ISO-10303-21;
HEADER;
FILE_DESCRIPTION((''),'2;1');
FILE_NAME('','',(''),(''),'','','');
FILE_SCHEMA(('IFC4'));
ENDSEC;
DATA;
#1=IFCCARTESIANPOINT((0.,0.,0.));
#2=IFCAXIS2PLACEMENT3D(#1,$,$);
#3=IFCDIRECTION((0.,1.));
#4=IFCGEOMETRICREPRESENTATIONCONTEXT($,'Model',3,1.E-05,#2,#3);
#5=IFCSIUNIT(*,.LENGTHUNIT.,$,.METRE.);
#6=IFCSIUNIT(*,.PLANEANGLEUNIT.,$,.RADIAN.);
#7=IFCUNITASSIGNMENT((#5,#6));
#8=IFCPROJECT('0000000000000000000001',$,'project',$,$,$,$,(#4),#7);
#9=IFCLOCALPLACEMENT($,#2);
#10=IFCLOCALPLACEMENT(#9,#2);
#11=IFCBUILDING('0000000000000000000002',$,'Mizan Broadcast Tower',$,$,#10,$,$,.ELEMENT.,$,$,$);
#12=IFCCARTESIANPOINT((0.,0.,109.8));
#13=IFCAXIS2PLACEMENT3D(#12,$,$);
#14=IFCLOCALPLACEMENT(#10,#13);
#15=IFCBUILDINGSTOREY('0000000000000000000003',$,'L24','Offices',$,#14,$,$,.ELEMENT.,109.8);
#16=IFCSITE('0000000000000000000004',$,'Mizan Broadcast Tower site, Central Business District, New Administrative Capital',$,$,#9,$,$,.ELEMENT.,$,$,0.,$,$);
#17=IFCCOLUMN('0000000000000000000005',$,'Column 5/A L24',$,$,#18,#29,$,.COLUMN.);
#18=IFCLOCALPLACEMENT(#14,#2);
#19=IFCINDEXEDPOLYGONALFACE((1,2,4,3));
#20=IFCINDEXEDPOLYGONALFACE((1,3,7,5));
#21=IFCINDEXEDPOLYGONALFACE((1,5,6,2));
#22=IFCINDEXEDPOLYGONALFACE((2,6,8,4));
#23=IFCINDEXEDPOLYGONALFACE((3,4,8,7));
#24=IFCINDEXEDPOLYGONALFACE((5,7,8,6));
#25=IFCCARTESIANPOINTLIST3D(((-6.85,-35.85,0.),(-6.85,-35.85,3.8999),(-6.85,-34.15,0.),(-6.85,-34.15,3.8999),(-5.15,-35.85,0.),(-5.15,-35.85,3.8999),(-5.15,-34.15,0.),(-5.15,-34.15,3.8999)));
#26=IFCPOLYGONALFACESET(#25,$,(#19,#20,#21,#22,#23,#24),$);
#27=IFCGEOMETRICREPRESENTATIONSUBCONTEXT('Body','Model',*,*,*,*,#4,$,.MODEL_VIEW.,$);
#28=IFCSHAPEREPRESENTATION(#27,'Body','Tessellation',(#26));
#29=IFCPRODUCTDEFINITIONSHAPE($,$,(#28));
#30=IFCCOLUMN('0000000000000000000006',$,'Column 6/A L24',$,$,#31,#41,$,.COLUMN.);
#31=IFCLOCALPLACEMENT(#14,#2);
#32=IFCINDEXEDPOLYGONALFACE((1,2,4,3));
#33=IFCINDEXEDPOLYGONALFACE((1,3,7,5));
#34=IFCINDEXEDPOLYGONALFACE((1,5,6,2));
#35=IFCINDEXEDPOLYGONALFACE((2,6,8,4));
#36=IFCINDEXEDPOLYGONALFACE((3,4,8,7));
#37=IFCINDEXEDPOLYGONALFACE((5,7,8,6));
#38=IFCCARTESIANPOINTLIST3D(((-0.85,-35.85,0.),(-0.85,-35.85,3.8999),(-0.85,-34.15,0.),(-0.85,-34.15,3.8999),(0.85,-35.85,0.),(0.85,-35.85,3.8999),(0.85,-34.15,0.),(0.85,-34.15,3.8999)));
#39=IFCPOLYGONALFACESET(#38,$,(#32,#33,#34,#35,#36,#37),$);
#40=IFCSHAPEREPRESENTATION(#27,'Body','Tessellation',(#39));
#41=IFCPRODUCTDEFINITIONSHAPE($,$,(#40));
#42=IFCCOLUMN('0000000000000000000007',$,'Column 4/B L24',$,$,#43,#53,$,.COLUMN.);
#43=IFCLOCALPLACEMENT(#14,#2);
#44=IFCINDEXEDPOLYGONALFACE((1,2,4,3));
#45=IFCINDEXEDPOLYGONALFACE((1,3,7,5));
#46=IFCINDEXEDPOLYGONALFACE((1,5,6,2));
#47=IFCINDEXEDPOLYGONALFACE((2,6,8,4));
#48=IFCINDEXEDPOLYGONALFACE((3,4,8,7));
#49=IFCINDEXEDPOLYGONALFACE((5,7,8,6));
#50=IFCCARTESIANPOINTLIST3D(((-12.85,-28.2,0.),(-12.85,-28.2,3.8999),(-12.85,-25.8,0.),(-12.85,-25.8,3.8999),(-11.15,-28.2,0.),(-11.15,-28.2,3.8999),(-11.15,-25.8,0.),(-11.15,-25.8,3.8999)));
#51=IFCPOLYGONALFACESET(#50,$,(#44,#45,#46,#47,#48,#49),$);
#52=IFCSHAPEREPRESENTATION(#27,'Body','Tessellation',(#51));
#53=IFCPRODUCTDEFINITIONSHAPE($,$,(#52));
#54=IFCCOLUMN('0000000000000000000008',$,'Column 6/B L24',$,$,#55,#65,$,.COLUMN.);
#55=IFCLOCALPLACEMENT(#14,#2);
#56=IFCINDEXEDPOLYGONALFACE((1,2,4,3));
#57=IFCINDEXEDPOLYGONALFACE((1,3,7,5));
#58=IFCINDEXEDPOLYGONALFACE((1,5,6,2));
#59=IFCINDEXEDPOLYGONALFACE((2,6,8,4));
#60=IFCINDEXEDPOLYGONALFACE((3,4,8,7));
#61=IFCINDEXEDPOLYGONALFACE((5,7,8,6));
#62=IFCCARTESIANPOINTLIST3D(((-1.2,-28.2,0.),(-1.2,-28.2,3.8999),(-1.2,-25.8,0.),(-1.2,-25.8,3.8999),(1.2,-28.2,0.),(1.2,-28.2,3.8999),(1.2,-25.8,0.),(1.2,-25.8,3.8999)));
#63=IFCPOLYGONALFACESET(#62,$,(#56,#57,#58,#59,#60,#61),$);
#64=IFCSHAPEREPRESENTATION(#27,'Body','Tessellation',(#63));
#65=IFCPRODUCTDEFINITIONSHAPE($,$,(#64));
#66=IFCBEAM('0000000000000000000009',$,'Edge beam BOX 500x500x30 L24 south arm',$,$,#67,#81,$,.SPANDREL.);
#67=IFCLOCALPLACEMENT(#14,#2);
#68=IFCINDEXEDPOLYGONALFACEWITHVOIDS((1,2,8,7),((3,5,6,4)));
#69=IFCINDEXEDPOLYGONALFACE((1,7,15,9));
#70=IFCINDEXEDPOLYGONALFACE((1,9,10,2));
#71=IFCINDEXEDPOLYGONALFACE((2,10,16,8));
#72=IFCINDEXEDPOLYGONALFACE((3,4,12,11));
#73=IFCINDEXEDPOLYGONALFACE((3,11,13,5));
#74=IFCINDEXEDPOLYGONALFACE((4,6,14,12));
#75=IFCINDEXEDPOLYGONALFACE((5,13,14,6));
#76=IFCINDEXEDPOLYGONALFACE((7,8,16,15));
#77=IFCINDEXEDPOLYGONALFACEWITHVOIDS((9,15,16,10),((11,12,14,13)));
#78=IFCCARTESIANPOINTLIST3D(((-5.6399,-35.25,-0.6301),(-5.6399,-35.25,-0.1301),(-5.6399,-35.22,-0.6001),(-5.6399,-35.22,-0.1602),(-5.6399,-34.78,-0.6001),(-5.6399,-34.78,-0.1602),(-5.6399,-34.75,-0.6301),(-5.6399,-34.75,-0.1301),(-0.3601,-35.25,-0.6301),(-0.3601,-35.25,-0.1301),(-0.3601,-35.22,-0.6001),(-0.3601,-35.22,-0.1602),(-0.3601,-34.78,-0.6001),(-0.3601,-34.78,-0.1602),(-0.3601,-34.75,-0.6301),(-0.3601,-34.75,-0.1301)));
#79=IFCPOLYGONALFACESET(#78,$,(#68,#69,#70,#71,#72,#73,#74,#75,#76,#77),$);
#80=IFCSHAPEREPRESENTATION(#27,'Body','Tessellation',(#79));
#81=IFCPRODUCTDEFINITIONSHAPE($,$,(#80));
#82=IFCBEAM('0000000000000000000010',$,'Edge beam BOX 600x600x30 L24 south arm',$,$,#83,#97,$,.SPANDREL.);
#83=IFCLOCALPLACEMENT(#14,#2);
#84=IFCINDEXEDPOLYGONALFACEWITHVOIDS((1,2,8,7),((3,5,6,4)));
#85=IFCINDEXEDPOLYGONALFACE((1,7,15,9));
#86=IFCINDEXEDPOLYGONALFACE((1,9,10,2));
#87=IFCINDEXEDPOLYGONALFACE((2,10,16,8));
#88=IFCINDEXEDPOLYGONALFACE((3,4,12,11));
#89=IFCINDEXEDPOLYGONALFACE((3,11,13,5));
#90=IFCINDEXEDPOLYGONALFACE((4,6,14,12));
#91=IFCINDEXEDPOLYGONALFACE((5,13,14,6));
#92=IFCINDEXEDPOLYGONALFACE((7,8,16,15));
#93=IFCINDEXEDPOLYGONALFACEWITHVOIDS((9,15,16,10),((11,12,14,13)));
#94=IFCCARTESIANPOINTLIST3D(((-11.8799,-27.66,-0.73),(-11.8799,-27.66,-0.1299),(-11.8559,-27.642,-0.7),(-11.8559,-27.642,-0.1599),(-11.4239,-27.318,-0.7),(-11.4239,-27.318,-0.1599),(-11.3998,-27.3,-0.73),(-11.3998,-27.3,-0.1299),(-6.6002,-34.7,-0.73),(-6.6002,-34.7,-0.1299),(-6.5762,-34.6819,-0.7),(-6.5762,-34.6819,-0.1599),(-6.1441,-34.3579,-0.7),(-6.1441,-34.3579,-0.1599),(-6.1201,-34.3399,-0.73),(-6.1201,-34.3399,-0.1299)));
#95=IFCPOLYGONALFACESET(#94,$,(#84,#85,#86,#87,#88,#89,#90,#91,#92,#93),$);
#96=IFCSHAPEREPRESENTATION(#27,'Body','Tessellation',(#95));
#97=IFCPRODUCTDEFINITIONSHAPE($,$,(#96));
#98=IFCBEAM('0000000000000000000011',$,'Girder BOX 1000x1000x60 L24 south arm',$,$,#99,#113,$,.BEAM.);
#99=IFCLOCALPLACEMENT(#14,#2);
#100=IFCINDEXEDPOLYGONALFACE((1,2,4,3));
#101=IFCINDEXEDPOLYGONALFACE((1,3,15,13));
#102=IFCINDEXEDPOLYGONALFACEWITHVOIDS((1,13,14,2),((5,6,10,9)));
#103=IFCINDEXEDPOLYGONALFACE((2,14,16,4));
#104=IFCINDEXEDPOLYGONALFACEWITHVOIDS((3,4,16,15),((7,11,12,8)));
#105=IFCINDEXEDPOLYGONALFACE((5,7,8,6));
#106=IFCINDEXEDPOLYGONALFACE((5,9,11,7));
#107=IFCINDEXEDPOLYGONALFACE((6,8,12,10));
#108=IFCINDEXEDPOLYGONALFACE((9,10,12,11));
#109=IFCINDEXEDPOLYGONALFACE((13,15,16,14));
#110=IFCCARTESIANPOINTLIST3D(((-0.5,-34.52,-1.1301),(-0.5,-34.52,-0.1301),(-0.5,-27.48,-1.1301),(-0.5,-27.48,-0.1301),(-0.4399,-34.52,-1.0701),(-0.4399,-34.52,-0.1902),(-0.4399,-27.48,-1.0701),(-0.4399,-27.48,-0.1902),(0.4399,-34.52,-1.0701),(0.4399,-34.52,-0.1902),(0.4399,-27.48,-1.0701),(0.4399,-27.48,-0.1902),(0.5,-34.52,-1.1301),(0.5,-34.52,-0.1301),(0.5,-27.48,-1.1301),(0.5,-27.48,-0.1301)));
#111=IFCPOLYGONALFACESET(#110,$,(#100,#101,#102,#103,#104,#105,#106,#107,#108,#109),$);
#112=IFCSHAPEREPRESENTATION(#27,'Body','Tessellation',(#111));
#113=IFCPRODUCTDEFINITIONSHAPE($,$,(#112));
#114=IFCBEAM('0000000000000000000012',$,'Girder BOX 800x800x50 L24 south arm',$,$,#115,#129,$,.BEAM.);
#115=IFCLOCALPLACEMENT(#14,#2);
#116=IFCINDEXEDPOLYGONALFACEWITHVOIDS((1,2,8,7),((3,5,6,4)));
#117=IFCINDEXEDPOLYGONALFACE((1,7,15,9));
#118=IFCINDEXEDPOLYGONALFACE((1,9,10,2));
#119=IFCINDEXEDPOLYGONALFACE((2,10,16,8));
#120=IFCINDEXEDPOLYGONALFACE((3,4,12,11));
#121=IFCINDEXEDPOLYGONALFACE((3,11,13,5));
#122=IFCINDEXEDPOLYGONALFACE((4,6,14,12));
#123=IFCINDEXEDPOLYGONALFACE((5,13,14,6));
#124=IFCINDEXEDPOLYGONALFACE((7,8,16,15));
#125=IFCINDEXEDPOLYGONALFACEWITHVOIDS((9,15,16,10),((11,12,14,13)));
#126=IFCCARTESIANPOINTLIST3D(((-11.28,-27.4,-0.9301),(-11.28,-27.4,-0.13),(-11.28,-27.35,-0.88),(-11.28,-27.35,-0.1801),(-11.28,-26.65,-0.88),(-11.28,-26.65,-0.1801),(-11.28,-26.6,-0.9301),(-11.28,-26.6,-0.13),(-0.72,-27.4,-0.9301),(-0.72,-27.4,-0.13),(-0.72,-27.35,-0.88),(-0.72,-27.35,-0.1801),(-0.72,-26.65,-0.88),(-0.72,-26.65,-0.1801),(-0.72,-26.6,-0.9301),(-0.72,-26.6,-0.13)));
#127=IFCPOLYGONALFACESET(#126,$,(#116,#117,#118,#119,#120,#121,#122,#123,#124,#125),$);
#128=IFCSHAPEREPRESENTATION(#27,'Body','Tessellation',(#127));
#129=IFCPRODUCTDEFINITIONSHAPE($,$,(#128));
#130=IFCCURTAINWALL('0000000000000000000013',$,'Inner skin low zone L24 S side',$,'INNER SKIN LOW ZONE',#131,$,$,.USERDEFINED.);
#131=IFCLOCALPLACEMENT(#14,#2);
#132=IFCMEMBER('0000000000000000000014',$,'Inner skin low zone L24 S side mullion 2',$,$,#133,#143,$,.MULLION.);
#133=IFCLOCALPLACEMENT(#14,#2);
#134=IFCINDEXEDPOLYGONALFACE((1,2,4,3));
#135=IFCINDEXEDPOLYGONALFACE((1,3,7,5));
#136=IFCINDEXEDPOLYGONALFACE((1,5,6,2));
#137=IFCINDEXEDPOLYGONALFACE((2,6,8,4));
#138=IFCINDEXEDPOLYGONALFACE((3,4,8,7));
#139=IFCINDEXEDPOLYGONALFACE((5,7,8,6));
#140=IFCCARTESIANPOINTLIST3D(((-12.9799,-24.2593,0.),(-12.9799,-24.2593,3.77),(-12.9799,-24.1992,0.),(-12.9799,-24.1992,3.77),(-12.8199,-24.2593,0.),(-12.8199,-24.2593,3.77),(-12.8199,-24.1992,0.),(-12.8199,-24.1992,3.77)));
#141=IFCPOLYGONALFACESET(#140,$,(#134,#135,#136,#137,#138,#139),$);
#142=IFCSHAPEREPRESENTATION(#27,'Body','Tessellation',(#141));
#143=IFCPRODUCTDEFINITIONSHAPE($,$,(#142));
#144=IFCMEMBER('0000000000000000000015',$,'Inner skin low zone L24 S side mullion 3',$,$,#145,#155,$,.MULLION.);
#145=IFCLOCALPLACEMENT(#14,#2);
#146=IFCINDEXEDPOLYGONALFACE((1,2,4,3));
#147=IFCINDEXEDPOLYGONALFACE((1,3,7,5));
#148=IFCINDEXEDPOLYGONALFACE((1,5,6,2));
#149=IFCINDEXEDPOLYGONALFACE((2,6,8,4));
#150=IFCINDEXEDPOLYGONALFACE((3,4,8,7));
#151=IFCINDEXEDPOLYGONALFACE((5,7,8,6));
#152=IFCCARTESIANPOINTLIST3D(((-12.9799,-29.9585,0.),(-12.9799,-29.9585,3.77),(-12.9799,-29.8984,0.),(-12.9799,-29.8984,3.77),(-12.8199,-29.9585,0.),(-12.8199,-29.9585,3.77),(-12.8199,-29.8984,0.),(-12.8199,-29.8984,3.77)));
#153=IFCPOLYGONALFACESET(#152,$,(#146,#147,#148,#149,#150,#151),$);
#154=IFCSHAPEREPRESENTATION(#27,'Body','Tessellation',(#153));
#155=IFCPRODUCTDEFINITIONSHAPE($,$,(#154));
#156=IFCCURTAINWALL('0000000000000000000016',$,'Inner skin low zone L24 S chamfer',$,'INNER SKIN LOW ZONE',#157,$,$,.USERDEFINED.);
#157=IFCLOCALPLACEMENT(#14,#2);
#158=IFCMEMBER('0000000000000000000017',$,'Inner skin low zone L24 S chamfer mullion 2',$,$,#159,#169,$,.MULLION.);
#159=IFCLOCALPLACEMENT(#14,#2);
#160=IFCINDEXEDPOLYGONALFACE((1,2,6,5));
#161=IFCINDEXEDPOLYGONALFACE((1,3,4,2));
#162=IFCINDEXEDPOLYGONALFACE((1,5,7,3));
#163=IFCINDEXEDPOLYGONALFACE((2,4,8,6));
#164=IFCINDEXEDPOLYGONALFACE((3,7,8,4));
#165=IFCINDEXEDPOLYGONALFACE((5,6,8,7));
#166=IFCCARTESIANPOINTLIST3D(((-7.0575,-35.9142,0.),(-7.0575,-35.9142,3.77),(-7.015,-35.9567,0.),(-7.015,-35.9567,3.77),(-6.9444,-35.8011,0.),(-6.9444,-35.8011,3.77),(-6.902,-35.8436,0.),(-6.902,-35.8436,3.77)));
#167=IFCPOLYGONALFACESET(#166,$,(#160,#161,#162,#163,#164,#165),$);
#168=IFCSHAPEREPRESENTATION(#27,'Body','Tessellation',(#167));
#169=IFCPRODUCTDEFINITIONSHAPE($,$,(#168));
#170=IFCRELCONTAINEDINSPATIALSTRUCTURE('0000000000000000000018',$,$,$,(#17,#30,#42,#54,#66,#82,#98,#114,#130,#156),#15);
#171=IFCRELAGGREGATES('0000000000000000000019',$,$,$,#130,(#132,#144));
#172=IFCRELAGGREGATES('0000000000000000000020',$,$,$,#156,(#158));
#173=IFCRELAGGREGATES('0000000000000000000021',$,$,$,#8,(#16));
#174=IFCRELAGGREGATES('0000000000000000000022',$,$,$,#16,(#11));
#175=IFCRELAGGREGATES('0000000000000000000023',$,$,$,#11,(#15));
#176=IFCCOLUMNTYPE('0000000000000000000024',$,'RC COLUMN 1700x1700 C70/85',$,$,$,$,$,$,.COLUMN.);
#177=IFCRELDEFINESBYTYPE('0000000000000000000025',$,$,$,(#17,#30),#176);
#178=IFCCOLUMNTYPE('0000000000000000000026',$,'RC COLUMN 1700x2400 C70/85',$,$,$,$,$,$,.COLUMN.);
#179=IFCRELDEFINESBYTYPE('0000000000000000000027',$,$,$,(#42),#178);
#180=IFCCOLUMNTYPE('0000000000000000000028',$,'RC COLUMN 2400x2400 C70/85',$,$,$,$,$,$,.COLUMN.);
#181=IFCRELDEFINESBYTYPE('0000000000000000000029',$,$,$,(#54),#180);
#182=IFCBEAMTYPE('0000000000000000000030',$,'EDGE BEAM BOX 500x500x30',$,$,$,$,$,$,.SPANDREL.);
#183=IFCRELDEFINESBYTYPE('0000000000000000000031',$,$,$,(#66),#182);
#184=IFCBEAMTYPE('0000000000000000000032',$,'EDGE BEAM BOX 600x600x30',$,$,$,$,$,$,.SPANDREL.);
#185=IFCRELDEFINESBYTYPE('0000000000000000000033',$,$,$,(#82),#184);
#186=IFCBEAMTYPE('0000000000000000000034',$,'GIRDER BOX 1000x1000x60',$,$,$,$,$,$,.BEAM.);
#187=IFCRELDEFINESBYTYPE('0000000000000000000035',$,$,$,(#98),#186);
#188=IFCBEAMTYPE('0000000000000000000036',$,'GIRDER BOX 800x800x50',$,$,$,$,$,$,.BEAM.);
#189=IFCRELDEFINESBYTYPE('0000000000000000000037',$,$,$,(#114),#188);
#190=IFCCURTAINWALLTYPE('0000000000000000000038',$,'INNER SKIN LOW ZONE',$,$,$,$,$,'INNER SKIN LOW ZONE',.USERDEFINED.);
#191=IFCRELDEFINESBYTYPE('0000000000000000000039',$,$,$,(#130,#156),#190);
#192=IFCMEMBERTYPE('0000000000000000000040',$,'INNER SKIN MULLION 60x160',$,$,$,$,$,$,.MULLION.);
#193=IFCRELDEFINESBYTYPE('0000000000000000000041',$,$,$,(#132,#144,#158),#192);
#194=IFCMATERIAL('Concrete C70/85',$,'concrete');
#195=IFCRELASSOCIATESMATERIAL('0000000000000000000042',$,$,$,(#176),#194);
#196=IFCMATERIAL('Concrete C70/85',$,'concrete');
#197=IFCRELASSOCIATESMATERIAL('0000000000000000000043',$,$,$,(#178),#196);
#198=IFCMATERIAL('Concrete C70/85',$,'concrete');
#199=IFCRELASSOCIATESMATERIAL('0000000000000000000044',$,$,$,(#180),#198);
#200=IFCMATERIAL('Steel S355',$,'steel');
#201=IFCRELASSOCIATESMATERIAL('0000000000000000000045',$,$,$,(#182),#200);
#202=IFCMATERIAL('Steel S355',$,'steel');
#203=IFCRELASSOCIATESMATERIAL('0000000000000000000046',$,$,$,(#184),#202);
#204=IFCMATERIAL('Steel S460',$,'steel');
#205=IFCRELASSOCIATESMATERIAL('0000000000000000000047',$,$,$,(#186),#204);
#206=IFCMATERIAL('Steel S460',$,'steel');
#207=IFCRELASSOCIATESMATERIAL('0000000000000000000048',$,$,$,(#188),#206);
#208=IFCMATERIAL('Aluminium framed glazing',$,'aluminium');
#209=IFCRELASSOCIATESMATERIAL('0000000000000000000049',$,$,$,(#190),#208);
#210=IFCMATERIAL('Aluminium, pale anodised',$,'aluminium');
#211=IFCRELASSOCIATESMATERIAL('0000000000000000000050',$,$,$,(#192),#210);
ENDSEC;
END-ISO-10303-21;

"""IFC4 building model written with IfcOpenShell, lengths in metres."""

from ifc_helpers import new_model, si_unit, direction, frame, origin, origin_2d, place, context, subcontext, project, spatial, rectangle, hollow_rectangle, extrude, material, material_profile, profile_set, type_object, element, aggregate, save


model = new_model("IFC4")

# Units and contexts
model_context = context("Model", 3, precision=1e-05, world=origin(), true_north=direction((0.0, 1.0)))
body_context = subcontext(model_context, "Body", "Model", "MODEL_VIEW")
ifc_project = project(units=[si_unit("LENGTHUNIT", "METRE"), si_unit("PLANEANGLEUNIT", "RADIAN")], contexts=[model_context])

# Site, building, storey
site_placement = place(None, origin())
site = spatial("IfcSite", under=ifc_project, at=site_placement, Name="Mizan Broadcast Tower site, Central Business District, New Administrative Capital", CompositionType="ELEMENT", RefElevation=0.0)
building_placement = place(site_placement, origin())
building = spatial("IfcBuilding", under=site, at=building_placement, Name="Mizan Broadcast Tower", CompositionType="ELEMENT")
storey_placement = place(building_placement, frame((0.0, 0.0, 109.8)))
storey = spatial("IfcBuildingStorey", under=building, at=storey_placement, Name="L24", Description="Offices", CompositionType="ELEMENT", Elevation=109.8)

# Columns
ifc_material_1 = material(Name="Concrete C70/85", Category="concrete")
ifc_material_profile_1 = material_profile(ifc_material_1, rectangle(XDim=1.7, YDim=1.7, at=origin_2d()), Name="RC 1700x1700")
ifc_profile_set_1 = profile_set([ifc_material_profile_1], Name="Concrete C70/85")
column_type_1 = type_object("IfcColumnType", Name="RC COLUMN 1700x1700 C70/85", PredefinedType="COLUMN", material=ifc_profile_set_1)
for number, where, z_axis, x_axis, name in (
    (1, (-6.0, -35.0, 0.0), (0.0, 0.0, 1.0), (1.0, 0.0, 0.0), "Column 5/A L24"),
    (2, (0.0, -35.0, 0.0), (0.0, 0.0, 1.0), (1.0, 0.0, 0.0), "Column 6/A L24"),
):
    element("IfcColumn", number, at=place(storey_placement, frame(where, z_axis=z_axis, x_axis=x_axis)), inside=storey, type_object=column_type_1, Name=name, PredefinedType="COLUMN", context=body_context, shape_type="SweptSolid", body=[
        extrude(rectangle(XDim=1.7, YDim=1.7, at=origin_2d()), origin(), (0.0, 0.0, 1.0), 3.8999),
    ])
ifc_material_2 = material(Name="Concrete C70/85", Category="concrete")
ifc_material_profile_2 = material_profile(ifc_material_2, rectangle(XDim=1.7, YDim=2.3999, at=origin_2d()), Name="RC 1700x2400")
ifc_profile_set_2 = profile_set([ifc_material_profile_2], Name="Concrete C70/85")
column_type_2 = type_object("IfcColumnType", Name="RC COLUMN 1700x2400 C70/85", PredefinedType="COLUMN", material=ifc_profile_set_2)
column_1_placement = place(storey_placement, frame((-12.0, -27.0, 0.0), z_axis=(0.0, 0.0, 1.0), x_axis=(1.0, 0.0, 0.0)))
element("IfcColumn", 3, at=column_1_placement, inside=storey, type_object=column_type_2, Name="Column 4/B L24", PredefinedType="COLUMN", context=body_context, shape_type="SweptSolid", body=[
    extrude(rectangle(XDim=1.7, YDim=2.3999, at=origin_2d()), origin(), (0.0, 0.0, 1.0), 3.8999),
])
ifc_material_3 = material(Name="Concrete C70/85", Category="concrete")
ifc_material_profile_3 = material_profile(ifc_material_3, rectangle(XDim=2.3999, YDim=2.3999, at=origin_2d()), Name="RC 2400x2400")
ifc_profile_set_3 = profile_set([ifc_material_profile_3], Name="Concrete C70/85")
column_type_3 = type_object("IfcColumnType", Name="RC COLUMN 2400x2400 C70/85", PredefinedType="COLUMN", material=ifc_profile_set_3)
column_2_placement = place(storey_placement, frame((0.0, -27.0, 0.0), z_axis=(0.0, 0.0, 1.0), x_axis=(1.0, 0.0, 0.0)))
element("IfcColumn", 4, at=column_2_placement, inside=storey, type_object=column_type_3, Name="Column 6/B L24", PredefinedType="COLUMN", context=body_context, shape_type="SweptSolid", body=[
    extrude(rectangle(XDim=2.3999, YDim=2.3999, at=origin_2d()), origin(), (0.0, 0.0, 1.0), 3.8999),
])

# Beams
ifc_material_4 = material(Name="Steel S355", Category="steel")
ifc_material_profile_4 = material_profile(ifc_material_4, hollow_rectangle(XDim=0.5, YDim=0.5, WallThickness=0.03, at=origin_2d()), Name="BOX 500x500x30")
ifc_profile_set_4 = profile_set([ifc_material_profile_4], Name="Steel S355")
beam_type_1 = type_object("IfcBeamType", Name="EDGE BEAM BOX 500x500x30", PredefinedType="SPANDREL", material=ifc_profile_set_4)
beam_1_placement = place(storey_placement, frame((-5.6399, -35.0, -0.3801), z_axis=(1.0, 0.0, 0.0), x_axis=(0.0, 1.0, 0.0)))
element("IfcBeam", 5, at=beam_1_placement, inside=storey, type_object=beam_type_1, Name="Edge beam BOX 500x500x30 L24 south arm", PredefinedType="SPANDREL", context=body_context, shape_type="SweptSolid", body=[
    extrude(hollow_rectangle(XDim=0.5, YDim=0.5, WallThickness=0.03, at=origin_2d()), origin(), (0.0, 0.0, 1.0), 5.2798),
])
ifc_material_5 = material(Name="Steel S355", Category="steel")
ifc_material_profile_5 = material_profile(ifc_material_5, hollow_rectangle(XDim=0.6001, YDim=0.6001, WallThickness=0.03, at=origin_2d()), Name="BOX 600x600x30")
ifc_profile_set_5 = profile_set([ifc_material_profile_5], Name="Steel S355")
beam_type_2 = type_object("IfcBeamType", Name="EDGE BEAM BOX 600x600x30", PredefinedType="SPANDREL", material=ifc_profile_set_5)
beam_2_placement = place(storey_placement, frame((-11.6399, -27.48, -0.4299), z_axis=(0.599982, -0.800013, 0.0), x_axis=(0.800013, 0.599982, 0.0)))
element("IfcBeam", 6, at=beam_2_placement, inside=storey, type_object=beam_type_2, Name="Edge beam BOX 600x600x30 L24 south arm", PredefinedType="SPANDREL", context=body_context, shape_type="SweptSolid", body=[
    extrude(hollow_rectangle(XDim=0.6001, YDim=0.6001, WallThickness=0.03, at=origin_2d()), origin(), (0.0, 0.0, 1.0), 8.7998),
])
ifc_material_6 = material(Name="Steel S460", Category="steel")
ifc_material_profile_6 = material_profile(ifc_material_6, hollow_rectangle(XDim=1.0, YDim=1.0, WallThickness=0.0601, at=origin_2d()), Name="BOX 1000x1000x60")
ifc_profile_set_6 = profile_set([ifc_material_profile_6], Name="Steel S460")
beam_type_3 = type_object("IfcBeamType", Name="GIRDER BOX 1000x1000x60", PredefinedType="BEAM", material=ifc_profile_set_6)
beam_3_placement = place(storey_placement, frame((0.0, -27.48, -0.6301), z_axis=(0.0, -1.0, 0.0), x_axis=(1.0, 0.0, 0.0)))
element("IfcBeam", 7, at=beam_3_placement, inside=storey, type_object=beam_type_3, Name="Girder BOX 1000x1000x60 L24 south arm", PredefinedType="BEAM", context=body_context, shape_type="SweptSolid", body=[
    extrude(hollow_rectangle(XDim=1.0, YDim=1.0, WallThickness=0.0601, at=origin_2d()), origin(), (0.0, 0.0, 1.0), 7.04),
])
ifc_material_7 = material(Name="Steel S460", Category="steel")
ifc_material_profile_7 = material_profile(ifc_material_7, hollow_rectangle(XDim=0.8, YDim=0.8, WallThickness=0.05, at=origin_2d()), Name="BOX 800x800x50")
ifc_profile_set_7 = profile_set([ifc_material_profile_7], Name="Steel S460")
beam_type_4 = type_object("IfcBeamType", Name="GIRDER BOX 800x800x50", PredefinedType="BEAM", material=ifc_profile_set_7)
beam_4_placement = place(storey_placement, frame((-11.28, -27.0, -0.53), z_axis=(1.0, 0.0, 0.0), x_axis=(0.0, 1.0, 0.0)))
element("IfcBeam", 8, at=beam_4_placement, inside=storey, type_object=beam_type_4, Name="Girder BOX 800x800x50 L24 south arm", PredefinedType="BEAM", context=body_context, shape_type="SweptSolid", body=[
    extrude(hollow_rectangle(XDim=0.8, YDim=0.8, WallThickness=0.05, at=origin_2d()), origin(), (0.0, 0.0, 1.0), 10.5601),
])

# Curtain wall, members
ifc_material_8 = material(Name="Aluminium framed glazing", Category="aluminium")
curtain_wall_type_1 = type_object("IfcCurtainWallType", Name="INNER SKIN LOW ZONE", ElementType="INNER SKIN LOW ZONE", PredefinedType="USERDEFINED", material=ifc_material_8)
curtain_wall_1_placement = place(storey_placement, origin())
curtain_wall_1 = element("IfcCurtainWall", 9, at=curtain_wall_1_placement, inside=storey, type_object=curtain_wall_type_1, Name="Inner skin low zone L24 S side", ObjectType="INNER SKIN LOW ZONE", PredefinedType="USERDEFINED")
ifc_material_9 = material(Name="Aluminium, pale anodised", Category="aluminium")
ifc_material_profile_8 = material_profile(ifc_material_9, rectangle(XDim=0.1599, YDim=0.0601, at=origin_2d()), Name="MULLION 160x60")
ifc_profile_set_8 = profile_set([ifc_material_profile_8], Name="Aluminium, pale anodised")
member_type_1 = type_object("IfcMemberType", Name="INNER SKIN MULLION 60x160", PredefinedType="MULLION", material=ifc_profile_set_8)
member_1_placement = place(storey_placement, frame((-12.8999, -24.2292, 0.0), z_axis=(0.0, 0.0, 1.0), x_axis=(1.0, 0.0, 0.0)))
member_1 = element("IfcMember", 10, at=member_1_placement, type_object=member_type_1, Name="Inner skin low zone L24 S side mullion 2", PredefinedType="MULLION", context=body_context, shape_type="SweptSolid", body=[
    extrude(rectangle(XDim=0.1599, YDim=0.0601, at=origin_2d()), origin(), (0.0, 0.0, 1.0), 3.77),
])
member_2_placement = place(storey_placement, frame((-12.8999, -29.9285, 0.0), z_axis=(0.0, 0.0, 1.0), x_axis=(1.0, 0.0, 0.0)))
member_2 = element("IfcMember", 11, at=member_2_placement, type_object=member_type_1, Name="Inner skin low zone L24 S side mullion 3", PredefinedType="MULLION", context=body_context, shape_type="SweptSolid", body=[
    extrude(rectangle(XDim=0.1599, YDim=0.0601, at=origin_2d()), origin(), (0.0, 0.0, 1.0), 3.77),
])

# Curtain wall, member
curtain_wall_2_placement = place(storey_placement, origin())
curtain_wall_2 = element("IfcCurtainWall", 12, at=curtain_wall_2_placement, inside=storey, type_object=curtain_wall_type_1, Name="Inner skin low zone L24 S chamfer", ObjectType="INNER SKIN LOW ZONE", PredefinedType="USERDEFINED")
member_3_placement = place(storey_placement, frame((-6.9797, -35.8789, 0.0), z_axis=(0.0, 0.0, 1.0), x_axis=(0.707107, 0.707107, 0.0)))
member_3 = element("IfcMember", 13, at=member_3_placement, type_object=member_type_1, Name="Inner skin low zone L24 S chamfer mullion 2", PredefinedType="MULLION", context=body_context, shape_type="SweptSolid", body=[
    extrude(rectangle(XDim=0.1599, YDim=0.0601, at=origin_2d()), origin(), (0.0, 0.0, 1.0), 3.77),
])

aggregate(curtain_wall_1, [member_1, member_2])
aggregate(curtain_wall_2, [member_3])

save(model, "model.ifc")
